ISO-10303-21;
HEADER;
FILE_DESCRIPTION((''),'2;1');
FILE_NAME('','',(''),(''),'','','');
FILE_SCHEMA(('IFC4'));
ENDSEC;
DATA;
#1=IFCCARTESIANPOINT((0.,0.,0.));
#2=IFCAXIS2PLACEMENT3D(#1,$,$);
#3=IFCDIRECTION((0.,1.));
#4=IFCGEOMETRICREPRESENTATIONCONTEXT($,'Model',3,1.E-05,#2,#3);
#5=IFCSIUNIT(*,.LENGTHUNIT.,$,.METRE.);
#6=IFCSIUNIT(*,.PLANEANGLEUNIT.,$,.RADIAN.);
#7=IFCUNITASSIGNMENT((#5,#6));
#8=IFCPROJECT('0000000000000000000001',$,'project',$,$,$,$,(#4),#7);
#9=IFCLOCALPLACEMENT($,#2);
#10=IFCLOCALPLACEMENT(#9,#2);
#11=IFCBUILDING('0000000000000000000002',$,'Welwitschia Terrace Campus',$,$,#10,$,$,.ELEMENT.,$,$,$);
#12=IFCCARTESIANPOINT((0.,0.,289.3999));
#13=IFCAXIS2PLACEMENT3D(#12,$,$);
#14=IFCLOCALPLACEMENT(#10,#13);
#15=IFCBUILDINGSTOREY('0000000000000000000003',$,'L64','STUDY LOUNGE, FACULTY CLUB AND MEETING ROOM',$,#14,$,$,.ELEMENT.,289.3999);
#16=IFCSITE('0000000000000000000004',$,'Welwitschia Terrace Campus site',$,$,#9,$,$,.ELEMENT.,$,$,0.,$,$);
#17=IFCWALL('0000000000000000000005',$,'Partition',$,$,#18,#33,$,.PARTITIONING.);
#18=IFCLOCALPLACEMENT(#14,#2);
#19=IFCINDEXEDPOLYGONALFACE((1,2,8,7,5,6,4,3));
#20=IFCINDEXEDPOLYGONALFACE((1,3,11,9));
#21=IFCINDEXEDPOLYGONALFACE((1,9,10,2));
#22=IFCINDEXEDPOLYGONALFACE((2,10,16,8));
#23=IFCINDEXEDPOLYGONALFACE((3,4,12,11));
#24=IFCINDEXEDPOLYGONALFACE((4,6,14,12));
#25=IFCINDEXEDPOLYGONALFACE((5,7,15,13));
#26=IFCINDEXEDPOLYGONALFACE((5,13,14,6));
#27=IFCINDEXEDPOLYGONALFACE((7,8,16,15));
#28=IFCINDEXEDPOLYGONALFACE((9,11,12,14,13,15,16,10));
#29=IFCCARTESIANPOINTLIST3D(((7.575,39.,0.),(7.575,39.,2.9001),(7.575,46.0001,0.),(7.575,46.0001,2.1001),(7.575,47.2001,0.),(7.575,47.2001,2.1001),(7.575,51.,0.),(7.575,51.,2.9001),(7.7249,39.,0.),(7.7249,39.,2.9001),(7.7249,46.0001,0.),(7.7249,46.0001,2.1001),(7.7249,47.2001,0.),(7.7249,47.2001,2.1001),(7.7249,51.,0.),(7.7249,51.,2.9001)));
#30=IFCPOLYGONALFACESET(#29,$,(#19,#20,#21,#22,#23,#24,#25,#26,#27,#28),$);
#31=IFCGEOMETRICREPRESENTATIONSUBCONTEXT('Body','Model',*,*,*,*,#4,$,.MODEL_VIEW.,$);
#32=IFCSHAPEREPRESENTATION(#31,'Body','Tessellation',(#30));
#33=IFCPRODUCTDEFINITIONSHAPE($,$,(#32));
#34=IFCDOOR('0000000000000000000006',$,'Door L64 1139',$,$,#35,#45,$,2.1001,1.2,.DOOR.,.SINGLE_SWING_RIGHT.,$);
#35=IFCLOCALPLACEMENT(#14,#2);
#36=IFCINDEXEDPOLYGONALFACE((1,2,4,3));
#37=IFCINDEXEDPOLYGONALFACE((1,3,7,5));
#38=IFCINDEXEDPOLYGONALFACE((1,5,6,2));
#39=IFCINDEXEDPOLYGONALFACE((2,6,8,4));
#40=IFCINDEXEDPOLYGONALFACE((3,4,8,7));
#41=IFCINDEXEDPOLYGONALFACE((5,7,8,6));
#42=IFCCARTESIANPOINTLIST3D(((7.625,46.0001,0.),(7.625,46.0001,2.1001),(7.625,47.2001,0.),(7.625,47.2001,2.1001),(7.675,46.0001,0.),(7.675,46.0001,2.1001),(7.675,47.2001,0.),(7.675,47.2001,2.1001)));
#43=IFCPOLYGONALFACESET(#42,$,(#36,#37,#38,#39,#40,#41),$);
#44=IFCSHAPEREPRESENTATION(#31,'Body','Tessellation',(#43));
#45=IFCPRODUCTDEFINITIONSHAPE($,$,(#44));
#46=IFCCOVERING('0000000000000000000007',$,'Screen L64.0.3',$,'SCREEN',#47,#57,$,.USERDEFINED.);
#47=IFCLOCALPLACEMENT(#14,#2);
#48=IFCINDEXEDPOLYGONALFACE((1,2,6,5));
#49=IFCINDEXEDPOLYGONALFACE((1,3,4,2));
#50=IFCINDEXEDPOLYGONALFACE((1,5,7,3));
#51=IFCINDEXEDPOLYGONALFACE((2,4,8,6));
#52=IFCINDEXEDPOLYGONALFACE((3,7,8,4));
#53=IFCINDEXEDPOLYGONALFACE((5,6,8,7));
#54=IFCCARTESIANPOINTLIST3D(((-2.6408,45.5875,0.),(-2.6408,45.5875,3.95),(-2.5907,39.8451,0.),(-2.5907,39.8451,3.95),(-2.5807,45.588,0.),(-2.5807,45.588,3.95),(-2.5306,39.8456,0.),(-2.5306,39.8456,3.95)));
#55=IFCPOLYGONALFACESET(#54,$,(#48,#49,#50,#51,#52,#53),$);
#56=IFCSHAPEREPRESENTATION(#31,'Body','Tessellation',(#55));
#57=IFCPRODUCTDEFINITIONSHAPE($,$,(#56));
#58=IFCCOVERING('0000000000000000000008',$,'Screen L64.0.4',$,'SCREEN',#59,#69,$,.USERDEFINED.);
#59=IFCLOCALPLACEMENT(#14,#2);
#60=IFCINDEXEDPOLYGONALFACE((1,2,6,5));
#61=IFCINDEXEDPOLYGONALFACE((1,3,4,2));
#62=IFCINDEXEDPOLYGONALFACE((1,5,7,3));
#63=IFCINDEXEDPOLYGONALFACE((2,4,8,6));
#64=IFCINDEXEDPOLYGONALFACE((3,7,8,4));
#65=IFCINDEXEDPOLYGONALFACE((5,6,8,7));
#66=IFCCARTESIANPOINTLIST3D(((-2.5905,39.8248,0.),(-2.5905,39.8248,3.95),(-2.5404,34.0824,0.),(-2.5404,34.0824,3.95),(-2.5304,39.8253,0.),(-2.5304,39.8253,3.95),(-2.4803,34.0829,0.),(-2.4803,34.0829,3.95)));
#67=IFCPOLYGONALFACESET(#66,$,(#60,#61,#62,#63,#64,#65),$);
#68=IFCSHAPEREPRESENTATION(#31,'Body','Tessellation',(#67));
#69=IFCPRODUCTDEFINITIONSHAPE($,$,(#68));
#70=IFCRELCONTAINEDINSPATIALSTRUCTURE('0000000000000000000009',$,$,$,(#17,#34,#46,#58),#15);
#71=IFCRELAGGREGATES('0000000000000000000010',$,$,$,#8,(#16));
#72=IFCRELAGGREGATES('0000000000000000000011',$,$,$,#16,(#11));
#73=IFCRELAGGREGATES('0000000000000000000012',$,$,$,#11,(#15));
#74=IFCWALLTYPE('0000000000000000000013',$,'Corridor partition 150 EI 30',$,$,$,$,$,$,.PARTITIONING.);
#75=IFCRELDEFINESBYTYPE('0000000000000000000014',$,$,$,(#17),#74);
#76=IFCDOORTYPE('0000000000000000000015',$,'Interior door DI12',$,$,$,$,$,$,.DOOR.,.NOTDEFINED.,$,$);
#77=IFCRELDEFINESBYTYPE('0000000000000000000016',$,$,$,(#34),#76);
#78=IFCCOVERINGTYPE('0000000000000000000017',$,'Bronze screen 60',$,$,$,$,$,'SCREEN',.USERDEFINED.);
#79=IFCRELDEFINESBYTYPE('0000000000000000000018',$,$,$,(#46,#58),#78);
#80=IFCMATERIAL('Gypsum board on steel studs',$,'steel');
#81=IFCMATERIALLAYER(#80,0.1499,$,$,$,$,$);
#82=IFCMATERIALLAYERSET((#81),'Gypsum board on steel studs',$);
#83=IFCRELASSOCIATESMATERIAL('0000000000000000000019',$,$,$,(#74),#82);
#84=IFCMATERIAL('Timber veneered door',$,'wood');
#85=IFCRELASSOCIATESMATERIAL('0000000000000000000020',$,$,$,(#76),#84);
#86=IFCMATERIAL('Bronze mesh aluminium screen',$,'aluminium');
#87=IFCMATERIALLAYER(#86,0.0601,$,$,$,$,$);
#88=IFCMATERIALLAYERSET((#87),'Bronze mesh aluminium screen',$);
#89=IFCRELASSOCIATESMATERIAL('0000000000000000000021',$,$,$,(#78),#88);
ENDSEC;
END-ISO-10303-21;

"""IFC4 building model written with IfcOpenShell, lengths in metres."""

from ifc_helpers import new_model, si_unit, direction, frame, frame_2d, origin, origin_2d, place, context, subcontext, project, spatial, rectangle, extrude, material, layer, layer_set, type_object, element, fill, save


model = new_model("IFC4")

# Units and contexts
model_context = context("Model", 3, precision=1e-05, world=origin(), true_north=direction((0.0, 1.0)))
body_context = subcontext(model_context, "Body", "Model", "MODEL_VIEW")
ifc_project = project(units=[si_unit("LENGTHUNIT", "METRE"), si_unit("PLANEANGLEUNIT", "RADIAN")], contexts=[model_context])

# Site, building, storey
site_placement = place(None, origin())
site = spatial("IfcSite", under=ifc_project, at=site_placement, Name="Welwitschia Terrace Campus site", CompositionType="ELEMENT", RefElevation=0.0)
building_placement = place(site_placement, origin())
building = spatial("IfcBuilding", under=site, at=building_placement, Name="Welwitschia Terrace Campus", CompositionType="ELEMENT")
storey_placement = place(building_placement, frame((0.0, 0.0, 289.3999)))
storey = spatial("IfcBuildingStorey", under=building, at=storey_placement, Name="L64", Description="STUDY LOUNGE, FACULTY CLUB AND MEETING ROOM", CompositionType="ELEMENT", Elevation=289.3999)

# Shared definitions
ifc_material_1 = material(Name="Gypsum board on steel studs", Category="steel")
ifc_layer_1 = layer(ifc_material_1, 0.1499)
ifc_layer_set_1 = layer_set([ifc_layer_1], Name="Gypsum board on steel studs")
wall_type = type_object("IfcWallType", Name="Corridor partition 150 EI 30", PredefinedType="PARTITIONING", material=ifc_layer_set_1)

# Wall, opening, door
wall_1_placement = place(storey_placement, frame((7.6499, 39.0, 0.0), z_axis=(0.0, 0.0, 1.0), x_axis=(0.0, 1.0, 0.0)))
wall_1 = element("IfcWall", 1, at=wall_1_placement, inside=storey, type_object=wall_type, Name="Partition", PredefinedType="PARTITIONING", context=body_context, shape_type="SweptSolid", body=[
    extrude(rectangle(XDim=12.0, YDim=0.1499, at=frame_2d((6.0, 0.0))), origin(), (0.0, 0.0, 1.0), 2.9001),
])
opening_1_placement = place(wall_1_placement, frame((7.0, 0.0, 0.0)))
opening_1 = element("IfcOpeningElement", 2, at=opening_1_placement, cuts=wall_1, PredefinedType="OPENING", context=body_context, shape_type="SweptSolid", body=[
    extrude(rectangle(XDim=1.2, YDim=2.1001, at=frame_2d((0.6001, 1.05))), frame((0.0, 0.085, 0.0), z_axis=(0.0, -1.0, 0.0), x_axis=(1.0, 0.0, 0.0)), (0.0, 0.0, 1.0), 0.1699),
])
ifc_material_2 = material(Name="Timber veneered door", Category="wood")
door_type_1 = type_object("IfcDoorType", Name="Interior door DI12", OperationType="NOTDEFINED", PredefinedType="DOOR", material=ifc_material_2)
door_1_placement = place(opening_1_placement, origin())
door_1 = element("IfcDoor", 3, at=door_1_placement, inside=storey, type_object=door_type_1, Name="Door L64 1139", OperationType="SINGLE_SWING_RIGHT", OverallHeight=2.1001, OverallWidth=1.2, PredefinedType="DOOR", context=body_context, shape_type="SweptSolid", body=[
    extrude(rectangle(XDim=1.2, YDim=2.1001, at=frame_2d((0.6001, 1.05))), frame((0.0, 0.0249, 0.0), z_axis=(0.0, -1.0, 0.0), x_axis=(1.0, 0.0, 0.0)), (0.0, 0.0, 1.0), 0.05),
])
fill(opening_1, door_1)

# Coverings
ifc_material_3 = material(Name="Bronze mesh aluminium screen", Category="aluminium")
ifc_layer_2 = layer(ifc_material_3, 0.0601)
ifc_layer_set_2 = layer_set([ifc_layer_2], Name="Bronze mesh aluminium screen")
covering_type = type_object("IfcCoveringType", Name="Bronze screen 60", ElementType="SCREEN", PredefinedType="USERDEFINED", material=ifc_layer_set_2)
for number, where, z_axis, x_axis, name in (
    (4, (-2.5857, 42.7166, 0.0), (0.0, 0.0, 1.0), (0.008727, -0.999962, 0.0), "Screen L64.0.3"),
    (5, (-2.5354, 36.9539, 0.0), (0.0, 0.0, 1.0), (0.008727, -0.999962, 0.0), "Screen L64.0.4"),
):
    element("IfcCovering", number, at=place(storey_placement, frame(where, z_axis=z_axis, x_axis=x_axis)), inside=storey, type_object=covering_type, Name=name, ObjectType="SCREEN", PredefinedType="USERDEFINED", context=body_context, shape_type="SweptSolid", body=[
        extrude(rectangle(XDim=5.7427, YDim=0.0601, at=origin_2d()), origin(), (0.0, 0.0, 1.0), 3.95),
    ])

save(model, "model.ifc")
